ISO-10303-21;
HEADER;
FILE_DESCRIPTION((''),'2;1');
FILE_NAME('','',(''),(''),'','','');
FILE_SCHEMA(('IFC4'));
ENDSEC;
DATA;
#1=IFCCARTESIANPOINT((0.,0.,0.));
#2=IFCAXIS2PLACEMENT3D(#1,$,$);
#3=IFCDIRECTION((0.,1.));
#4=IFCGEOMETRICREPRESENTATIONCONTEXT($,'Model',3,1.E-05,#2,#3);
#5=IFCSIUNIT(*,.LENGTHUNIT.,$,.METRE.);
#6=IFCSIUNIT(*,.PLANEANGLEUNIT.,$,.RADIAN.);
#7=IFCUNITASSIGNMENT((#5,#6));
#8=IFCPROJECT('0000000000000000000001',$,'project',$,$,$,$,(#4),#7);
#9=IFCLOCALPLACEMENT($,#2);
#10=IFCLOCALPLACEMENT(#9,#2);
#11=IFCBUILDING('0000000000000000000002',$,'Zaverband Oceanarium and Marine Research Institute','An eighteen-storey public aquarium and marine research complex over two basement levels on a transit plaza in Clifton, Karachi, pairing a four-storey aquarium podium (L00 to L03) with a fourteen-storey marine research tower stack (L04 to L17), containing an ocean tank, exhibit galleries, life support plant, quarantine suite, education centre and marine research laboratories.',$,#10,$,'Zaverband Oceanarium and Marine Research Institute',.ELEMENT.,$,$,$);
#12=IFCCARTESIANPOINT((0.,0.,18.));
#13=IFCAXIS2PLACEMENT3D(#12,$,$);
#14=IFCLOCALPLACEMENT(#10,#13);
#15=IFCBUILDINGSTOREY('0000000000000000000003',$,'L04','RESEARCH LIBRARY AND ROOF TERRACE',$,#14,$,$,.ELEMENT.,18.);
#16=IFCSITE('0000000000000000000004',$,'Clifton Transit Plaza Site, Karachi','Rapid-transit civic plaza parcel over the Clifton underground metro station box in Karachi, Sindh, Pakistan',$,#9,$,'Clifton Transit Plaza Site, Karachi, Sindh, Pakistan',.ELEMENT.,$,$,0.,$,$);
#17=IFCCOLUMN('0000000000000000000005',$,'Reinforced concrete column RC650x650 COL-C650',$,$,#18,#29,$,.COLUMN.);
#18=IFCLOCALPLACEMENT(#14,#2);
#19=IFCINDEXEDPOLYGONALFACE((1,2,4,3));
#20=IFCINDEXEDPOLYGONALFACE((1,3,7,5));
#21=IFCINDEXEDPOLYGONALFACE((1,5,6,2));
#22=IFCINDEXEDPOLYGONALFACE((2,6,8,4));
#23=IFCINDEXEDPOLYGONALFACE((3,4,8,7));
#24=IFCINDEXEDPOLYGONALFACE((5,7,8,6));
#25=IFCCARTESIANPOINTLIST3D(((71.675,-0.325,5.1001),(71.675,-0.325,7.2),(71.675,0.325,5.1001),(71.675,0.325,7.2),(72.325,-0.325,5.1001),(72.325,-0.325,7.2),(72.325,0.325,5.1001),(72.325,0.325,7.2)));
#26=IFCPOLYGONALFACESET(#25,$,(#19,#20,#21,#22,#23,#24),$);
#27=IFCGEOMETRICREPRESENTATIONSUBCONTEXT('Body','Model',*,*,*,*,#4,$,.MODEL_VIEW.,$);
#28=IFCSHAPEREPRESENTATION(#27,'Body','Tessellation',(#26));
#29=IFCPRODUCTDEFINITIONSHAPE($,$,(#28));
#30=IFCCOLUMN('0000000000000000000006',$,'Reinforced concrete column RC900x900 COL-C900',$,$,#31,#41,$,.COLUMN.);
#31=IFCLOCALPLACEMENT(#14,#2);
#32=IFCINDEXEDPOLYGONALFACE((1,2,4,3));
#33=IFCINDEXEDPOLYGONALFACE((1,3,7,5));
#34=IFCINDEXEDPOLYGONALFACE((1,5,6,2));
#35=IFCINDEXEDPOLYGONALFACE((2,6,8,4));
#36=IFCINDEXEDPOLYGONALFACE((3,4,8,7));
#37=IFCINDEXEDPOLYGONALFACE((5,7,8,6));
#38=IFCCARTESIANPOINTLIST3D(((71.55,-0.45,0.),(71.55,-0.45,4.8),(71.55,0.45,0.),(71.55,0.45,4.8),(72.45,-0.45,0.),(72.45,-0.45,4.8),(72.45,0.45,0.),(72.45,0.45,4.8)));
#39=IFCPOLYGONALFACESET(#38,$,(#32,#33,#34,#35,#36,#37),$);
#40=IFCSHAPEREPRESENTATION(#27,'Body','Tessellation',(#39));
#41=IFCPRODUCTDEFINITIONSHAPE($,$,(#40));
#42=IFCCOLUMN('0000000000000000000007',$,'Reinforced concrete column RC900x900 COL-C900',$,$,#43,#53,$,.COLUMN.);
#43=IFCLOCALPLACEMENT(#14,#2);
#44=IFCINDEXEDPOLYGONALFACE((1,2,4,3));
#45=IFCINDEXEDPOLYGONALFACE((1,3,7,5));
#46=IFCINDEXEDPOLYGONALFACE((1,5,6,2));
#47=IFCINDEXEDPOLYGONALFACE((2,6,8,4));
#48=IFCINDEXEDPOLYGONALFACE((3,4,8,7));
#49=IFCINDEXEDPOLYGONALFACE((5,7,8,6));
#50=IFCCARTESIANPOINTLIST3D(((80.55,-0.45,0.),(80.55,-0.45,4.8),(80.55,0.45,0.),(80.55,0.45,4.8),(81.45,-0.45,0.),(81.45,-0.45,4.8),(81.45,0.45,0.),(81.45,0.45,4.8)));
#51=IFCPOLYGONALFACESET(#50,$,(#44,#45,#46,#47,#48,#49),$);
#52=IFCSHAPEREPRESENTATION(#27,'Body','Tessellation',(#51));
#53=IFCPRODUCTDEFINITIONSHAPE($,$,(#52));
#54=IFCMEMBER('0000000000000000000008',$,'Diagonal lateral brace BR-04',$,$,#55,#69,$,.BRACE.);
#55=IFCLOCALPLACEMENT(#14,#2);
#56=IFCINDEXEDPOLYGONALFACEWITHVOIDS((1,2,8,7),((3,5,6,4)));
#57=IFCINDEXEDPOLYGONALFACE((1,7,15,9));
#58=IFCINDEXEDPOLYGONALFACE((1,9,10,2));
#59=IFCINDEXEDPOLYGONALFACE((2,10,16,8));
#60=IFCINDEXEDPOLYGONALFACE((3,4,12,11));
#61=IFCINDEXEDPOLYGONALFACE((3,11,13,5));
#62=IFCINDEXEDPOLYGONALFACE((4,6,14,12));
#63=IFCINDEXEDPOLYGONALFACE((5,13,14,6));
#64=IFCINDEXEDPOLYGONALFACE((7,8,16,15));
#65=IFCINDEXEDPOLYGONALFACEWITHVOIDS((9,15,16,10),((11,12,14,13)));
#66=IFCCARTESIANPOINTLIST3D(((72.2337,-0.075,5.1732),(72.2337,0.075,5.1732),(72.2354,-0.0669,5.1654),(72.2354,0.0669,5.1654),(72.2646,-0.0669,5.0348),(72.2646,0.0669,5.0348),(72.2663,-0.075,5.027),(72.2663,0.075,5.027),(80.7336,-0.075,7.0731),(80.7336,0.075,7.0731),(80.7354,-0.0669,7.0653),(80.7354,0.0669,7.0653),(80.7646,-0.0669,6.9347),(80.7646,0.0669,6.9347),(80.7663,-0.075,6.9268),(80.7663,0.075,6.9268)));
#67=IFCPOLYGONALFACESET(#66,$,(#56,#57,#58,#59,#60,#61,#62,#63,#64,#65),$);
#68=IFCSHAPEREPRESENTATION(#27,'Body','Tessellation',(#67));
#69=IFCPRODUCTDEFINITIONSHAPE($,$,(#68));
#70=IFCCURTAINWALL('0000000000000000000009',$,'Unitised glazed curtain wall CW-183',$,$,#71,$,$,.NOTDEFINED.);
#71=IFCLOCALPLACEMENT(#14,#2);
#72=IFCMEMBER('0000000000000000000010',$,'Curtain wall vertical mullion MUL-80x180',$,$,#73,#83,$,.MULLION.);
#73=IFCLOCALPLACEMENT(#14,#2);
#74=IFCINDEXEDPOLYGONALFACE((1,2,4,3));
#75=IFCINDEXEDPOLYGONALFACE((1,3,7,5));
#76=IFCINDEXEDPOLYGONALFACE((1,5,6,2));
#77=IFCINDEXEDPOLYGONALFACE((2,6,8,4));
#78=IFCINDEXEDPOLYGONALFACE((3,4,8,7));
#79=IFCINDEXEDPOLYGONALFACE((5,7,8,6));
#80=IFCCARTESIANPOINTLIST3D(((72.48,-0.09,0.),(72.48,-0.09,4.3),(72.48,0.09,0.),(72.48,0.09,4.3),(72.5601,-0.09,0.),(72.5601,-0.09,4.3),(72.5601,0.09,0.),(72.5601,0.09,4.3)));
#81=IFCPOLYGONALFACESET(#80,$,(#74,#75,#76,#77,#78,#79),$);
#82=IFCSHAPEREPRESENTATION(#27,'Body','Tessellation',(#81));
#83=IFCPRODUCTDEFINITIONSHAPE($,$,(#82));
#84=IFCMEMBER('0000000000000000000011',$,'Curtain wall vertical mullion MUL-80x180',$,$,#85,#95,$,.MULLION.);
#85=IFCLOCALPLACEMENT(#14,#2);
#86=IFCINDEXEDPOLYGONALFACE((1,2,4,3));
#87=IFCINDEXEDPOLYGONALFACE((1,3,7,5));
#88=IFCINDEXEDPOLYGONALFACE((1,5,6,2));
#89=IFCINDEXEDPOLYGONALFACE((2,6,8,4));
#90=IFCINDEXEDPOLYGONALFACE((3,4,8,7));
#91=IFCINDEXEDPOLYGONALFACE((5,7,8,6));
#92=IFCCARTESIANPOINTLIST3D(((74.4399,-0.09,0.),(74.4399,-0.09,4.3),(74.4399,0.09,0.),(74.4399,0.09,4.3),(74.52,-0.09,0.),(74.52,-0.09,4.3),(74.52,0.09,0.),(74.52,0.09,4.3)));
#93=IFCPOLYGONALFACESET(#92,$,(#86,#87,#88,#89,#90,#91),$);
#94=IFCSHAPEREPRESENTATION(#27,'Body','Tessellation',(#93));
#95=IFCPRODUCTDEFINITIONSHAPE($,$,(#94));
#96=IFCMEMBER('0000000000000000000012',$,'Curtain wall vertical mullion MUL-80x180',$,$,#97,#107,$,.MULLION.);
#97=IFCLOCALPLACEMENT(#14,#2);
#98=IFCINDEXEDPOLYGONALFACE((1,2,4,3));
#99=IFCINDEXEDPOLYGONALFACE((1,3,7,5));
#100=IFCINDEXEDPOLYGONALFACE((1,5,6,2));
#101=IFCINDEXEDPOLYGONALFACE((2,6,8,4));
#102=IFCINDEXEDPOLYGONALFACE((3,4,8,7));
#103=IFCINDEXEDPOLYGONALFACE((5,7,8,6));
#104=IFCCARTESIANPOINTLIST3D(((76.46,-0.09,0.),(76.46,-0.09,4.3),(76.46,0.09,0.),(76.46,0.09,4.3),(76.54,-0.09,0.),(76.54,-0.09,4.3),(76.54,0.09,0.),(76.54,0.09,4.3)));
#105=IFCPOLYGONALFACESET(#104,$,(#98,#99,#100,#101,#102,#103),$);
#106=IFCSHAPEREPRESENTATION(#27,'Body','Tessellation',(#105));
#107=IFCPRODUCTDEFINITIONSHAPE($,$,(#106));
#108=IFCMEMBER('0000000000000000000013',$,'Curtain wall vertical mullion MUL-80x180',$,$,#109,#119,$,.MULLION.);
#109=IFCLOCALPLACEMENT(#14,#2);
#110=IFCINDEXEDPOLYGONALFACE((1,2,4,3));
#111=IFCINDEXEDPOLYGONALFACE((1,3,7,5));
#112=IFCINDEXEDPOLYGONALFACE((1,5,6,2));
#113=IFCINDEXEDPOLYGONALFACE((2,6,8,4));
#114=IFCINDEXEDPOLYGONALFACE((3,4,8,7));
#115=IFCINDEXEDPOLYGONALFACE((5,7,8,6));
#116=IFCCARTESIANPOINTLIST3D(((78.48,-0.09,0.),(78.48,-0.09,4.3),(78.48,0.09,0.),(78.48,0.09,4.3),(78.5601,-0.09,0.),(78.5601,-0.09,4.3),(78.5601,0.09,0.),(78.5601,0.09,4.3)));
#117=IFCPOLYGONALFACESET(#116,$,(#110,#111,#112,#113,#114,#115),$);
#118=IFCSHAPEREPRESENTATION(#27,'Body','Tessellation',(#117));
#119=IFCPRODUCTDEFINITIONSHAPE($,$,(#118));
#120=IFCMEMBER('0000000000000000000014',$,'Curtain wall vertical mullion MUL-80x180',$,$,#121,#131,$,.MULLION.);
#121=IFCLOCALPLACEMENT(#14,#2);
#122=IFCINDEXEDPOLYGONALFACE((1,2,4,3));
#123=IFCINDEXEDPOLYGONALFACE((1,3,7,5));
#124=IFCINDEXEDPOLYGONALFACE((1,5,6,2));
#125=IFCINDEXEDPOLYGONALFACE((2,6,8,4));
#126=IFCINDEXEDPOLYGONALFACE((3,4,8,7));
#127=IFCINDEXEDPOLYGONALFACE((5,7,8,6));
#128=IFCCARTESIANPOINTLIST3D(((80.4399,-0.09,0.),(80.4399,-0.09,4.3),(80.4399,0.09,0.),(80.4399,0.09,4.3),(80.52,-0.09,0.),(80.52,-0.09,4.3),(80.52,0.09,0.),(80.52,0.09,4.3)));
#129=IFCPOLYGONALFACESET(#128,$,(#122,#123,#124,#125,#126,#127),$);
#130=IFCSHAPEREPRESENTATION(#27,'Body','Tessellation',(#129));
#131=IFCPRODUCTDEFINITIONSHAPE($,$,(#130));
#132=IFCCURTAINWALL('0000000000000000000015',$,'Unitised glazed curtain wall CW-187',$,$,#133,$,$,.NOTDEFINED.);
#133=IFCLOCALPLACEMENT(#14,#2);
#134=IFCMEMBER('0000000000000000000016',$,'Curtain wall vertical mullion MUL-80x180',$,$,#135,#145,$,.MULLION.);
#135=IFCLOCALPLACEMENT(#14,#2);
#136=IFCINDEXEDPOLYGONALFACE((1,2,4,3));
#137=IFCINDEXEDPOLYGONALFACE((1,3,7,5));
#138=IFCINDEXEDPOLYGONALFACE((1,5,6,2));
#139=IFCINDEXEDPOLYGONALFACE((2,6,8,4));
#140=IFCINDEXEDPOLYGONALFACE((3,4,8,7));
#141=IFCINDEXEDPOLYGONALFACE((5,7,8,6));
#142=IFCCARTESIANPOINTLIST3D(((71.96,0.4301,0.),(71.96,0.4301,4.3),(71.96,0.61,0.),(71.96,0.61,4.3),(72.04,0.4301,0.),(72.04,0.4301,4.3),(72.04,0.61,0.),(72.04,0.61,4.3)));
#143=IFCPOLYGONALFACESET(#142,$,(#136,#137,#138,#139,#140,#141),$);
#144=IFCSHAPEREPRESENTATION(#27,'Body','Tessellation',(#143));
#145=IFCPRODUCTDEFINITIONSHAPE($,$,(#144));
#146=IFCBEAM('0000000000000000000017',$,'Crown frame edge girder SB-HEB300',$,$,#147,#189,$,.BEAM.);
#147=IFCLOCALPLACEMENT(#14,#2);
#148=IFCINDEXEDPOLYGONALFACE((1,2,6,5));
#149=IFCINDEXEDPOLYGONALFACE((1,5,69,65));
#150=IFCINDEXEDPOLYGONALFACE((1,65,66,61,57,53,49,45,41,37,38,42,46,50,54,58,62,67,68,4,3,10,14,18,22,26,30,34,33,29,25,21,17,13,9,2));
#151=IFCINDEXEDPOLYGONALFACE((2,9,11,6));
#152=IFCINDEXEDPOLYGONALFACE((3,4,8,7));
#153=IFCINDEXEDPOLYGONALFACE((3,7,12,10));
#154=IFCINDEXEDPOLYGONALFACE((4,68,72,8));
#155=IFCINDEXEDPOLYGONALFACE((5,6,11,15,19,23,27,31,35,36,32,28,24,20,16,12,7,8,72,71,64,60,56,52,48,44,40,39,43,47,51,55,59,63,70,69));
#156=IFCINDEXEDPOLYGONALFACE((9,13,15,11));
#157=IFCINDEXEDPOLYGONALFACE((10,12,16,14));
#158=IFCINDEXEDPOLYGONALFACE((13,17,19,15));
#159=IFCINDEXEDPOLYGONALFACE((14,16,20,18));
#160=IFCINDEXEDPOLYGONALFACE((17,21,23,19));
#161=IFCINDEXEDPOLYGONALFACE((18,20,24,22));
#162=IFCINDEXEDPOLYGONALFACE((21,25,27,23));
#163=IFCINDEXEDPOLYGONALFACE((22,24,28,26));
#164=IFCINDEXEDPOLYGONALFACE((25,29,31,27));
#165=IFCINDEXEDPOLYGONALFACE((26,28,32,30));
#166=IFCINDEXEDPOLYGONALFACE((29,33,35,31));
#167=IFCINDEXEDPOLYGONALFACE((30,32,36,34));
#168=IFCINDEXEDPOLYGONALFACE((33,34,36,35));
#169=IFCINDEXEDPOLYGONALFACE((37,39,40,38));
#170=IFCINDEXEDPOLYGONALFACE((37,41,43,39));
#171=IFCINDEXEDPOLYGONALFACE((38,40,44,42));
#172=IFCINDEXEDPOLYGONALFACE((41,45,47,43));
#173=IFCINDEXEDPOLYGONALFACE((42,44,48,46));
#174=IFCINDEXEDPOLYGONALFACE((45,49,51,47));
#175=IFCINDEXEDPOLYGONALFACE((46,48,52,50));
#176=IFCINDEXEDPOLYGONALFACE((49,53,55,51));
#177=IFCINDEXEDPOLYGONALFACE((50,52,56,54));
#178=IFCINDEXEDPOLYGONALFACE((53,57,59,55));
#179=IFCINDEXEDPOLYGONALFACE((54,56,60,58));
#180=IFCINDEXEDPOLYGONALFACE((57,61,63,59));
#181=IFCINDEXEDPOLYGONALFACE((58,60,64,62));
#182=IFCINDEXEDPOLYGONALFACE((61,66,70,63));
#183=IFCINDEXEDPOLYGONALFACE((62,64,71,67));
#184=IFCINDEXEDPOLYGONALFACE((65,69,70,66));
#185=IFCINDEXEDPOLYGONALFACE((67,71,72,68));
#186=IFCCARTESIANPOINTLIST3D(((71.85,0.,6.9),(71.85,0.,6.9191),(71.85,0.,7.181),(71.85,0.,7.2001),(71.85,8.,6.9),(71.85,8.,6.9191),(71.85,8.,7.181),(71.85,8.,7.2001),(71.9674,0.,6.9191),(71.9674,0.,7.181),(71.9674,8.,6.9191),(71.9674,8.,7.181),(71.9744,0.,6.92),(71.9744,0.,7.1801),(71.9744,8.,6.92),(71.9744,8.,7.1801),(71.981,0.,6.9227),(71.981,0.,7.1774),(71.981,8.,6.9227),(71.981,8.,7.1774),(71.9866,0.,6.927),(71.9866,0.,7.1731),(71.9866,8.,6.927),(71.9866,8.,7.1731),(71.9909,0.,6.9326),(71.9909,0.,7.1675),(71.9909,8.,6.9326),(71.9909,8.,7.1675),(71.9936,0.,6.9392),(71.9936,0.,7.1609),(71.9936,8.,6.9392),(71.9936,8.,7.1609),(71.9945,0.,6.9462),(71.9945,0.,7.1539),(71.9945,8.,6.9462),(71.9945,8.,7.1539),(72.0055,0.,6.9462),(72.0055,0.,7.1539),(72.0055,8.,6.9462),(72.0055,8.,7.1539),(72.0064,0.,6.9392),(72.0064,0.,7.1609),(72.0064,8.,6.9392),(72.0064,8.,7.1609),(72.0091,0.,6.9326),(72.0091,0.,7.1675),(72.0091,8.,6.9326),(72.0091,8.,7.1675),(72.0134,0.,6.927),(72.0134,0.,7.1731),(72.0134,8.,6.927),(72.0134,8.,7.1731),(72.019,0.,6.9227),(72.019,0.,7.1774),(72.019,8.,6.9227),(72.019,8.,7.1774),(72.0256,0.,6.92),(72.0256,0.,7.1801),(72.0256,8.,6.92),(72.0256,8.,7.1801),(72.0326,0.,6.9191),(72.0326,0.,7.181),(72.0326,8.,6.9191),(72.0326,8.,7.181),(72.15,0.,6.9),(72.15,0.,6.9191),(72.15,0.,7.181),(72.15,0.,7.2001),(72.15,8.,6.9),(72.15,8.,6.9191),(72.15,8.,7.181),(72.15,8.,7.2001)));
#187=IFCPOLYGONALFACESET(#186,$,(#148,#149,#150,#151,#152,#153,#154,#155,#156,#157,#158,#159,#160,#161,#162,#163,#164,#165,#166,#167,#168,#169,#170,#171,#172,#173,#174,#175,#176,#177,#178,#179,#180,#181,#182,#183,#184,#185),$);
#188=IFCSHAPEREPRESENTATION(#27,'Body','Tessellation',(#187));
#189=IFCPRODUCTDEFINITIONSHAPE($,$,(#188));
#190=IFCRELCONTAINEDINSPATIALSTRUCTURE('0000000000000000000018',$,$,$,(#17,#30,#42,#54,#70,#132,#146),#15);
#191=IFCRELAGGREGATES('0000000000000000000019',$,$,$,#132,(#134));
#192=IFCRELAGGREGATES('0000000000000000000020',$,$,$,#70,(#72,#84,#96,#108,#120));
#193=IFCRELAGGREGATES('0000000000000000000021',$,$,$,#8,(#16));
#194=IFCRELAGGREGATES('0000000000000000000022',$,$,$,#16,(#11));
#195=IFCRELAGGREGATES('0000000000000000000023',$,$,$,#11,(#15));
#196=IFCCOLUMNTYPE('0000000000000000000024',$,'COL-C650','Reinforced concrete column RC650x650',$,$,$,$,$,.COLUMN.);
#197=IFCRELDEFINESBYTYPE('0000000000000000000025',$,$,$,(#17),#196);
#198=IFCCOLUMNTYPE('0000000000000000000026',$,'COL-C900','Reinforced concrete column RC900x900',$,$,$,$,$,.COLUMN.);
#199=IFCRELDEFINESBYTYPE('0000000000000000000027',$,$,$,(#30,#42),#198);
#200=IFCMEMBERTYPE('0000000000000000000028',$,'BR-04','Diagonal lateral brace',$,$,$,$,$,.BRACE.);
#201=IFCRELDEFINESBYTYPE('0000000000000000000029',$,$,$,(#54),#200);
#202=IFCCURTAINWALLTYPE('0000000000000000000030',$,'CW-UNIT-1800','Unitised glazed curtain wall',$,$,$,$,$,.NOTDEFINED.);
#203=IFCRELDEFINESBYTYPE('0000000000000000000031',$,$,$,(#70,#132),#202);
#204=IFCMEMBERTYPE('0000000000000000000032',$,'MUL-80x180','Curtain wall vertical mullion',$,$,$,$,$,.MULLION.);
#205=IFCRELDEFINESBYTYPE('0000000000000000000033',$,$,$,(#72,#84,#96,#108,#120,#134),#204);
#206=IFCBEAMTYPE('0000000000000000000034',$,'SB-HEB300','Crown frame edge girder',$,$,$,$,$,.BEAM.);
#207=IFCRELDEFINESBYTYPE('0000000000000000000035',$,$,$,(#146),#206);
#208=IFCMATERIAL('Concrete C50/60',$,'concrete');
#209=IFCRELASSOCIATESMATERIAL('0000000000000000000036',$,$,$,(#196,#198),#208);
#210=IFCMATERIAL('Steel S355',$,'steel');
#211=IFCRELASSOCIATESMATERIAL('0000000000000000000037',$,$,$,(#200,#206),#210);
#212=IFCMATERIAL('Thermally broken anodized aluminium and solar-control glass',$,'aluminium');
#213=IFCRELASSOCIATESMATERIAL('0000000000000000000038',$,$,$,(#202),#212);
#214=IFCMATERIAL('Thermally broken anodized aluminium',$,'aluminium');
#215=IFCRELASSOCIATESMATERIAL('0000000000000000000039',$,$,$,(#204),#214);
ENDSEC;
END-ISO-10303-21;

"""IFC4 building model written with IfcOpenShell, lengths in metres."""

from ifc_helpers import new_model, si_unit, direction, frame, origin, origin_2d, place, context, subcontext, project, spatial, rectangle, hollow_rectangle, i_section, extrude, material, material_profile, profile_set, type_object, element, aggregate, save


model = new_model("IFC4")

# Units and contexts
model_context = context("Model", 3, precision=1e-05, world=origin(), true_north=direction((0.0, 1.0)))
body_context = subcontext(model_context, "Body", "Model", "MODEL_VIEW")
ifc_project = project(units=[si_unit("LENGTHUNIT", "METRE"), si_unit("PLANEANGLEUNIT", "RADIAN")], contexts=[model_context])

# Site, building, storey
site_placement = place(None, origin())
site = spatial("IfcSite", under=ifc_project, at=site_placement, Name="Clifton Transit Plaza Site, Karachi", Description="Rapid-transit civic plaza parcel over the Clifton underground metro station box in Karachi, Sindh, Pakistan", LongName="Clifton Transit Plaza Site, Karachi, Sindh, Pakistan", CompositionType="ELEMENT", RefElevation=0.0)
building_placement = place(site_placement, origin())
building = spatial("IfcBuilding", under=site, at=building_placement, Name="Zaverband Oceanarium and Marine Research Institute", Description="An eighteen-storey public aquarium and marine research complex over two basement levels on a transit plaza in Clifton, Karachi, pairing a four-storey aquarium podium (L00 to L03) with a fourteen-storey marine research tower stack (L04 to L17), containing an ocean tank, exhibit galleries, life support plant, quarantine suite, education centre and marine research laboratories.", LongName="Zaverband Oceanarium and Marine Research Institute", CompositionType="ELEMENT")
storey_placement = place(building_placement, frame((0.0, 0.0, 18.0)))
storey = spatial("IfcBuildingStorey", under=building, at=storey_placement, Name="L04", Description="RESEARCH LIBRARY AND ROOF TERRACE", CompositionType="ELEMENT", Elevation=18.0)

# Columns
ifc_material_1 = material(Name="Concrete C50/60", Category="concrete")
ifc_material_profile_1 = material_profile(ifc_material_1, rectangle(XDim=0.6499, YDim=0.6499, at=origin_2d()), Name="RC650x650")
ifc_profile_set_1 = profile_set([ifc_material_profile_1], Name="Concrete C50/60")
column_type_1 = type_object("IfcColumnType", Name="COL-C650", Description="Reinforced concrete column RC650x650", PredefinedType="COLUMN", material=ifc_profile_set_1)
column_placement = place(storey_placement, frame((72.0, 0.0, 5.1001), z_axis=(0.0, 0.0, 1.0), x_axis=(1.0, 0.0, 0.0)))
element("IfcColumn", 1, at=column_placement, inside=storey, type_object=column_type_1, Name="Reinforced concrete column RC650x650 COL-C650", PredefinedType="COLUMN", context=body_context, shape_type="SweptSolid", body=[
    extrude(rectangle(XDim=0.6499, YDim=0.6499, at=origin_2d()), origin(), (0.0, 0.0, 1.0), 2.0999),
])
ifc_material_profile_2 = material_profile(ifc_material_1, rectangle(XDim=0.8999, YDim=0.8999, at=origin_2d()), Name="RC900x900")
ifc_profile_set_2 = profile_set([ifc_material_profile_2], Name="Concrete C50/60")
column_type_2 = type_object("IfcColumnType", Name="COL-C900", Description="Reinforced concrete column RC900x900", PredefinedType="COLUMN", material=ifc_profile_set_2)
for number, where, z_axis, x_axis, name in (
    (2, (72.0, 0.0, 0.0), (0.0, 0.0, 1.0), (1.0, 0.0, 0.0), "Reinforced concrete column RC900x900 COL-C900"),
    (3, (81.0, 0.0, 0.0), (0.0, 0.0, 1.0), (1.0, 0.0, 0.0), "Reinforced concrete column RC900x900 COL-C900"),
):
    element("IfcColumn", number, at=place(storey_placement, frame(where, z_axis=z_axis, x_axis=x_axis)), inside=storey, type_object=column_type_2, Name=name, PredefinedType="COLUMN", context=body_context, shape_type="SweptSolid", body=[
        extrude(rectangle(XDim=0.8999, YDim=0.8999, at=origin_2d()), origin(), (0.0, 0.0, 1.0), 4.8),
    ])

# Member
ifc_material_2 = material(Name="Steel S355", Category="steel")
ifc_material_profile_3 = material_profile(ifc_material_2, hollow_rectangle(XDim=0.1499, YDim=0.1499, WallThickness=0.0081, at=origin_2d()), Name="SHS150x150x8")
ifc_profile_set_3 = profile_set([ifc_material_profile_3], Name="Steel S355")
member_type_1 = type_object("IfcMemberType", Name="BR-04", Description="Diagonal lateral brace", PredefinedType="BRACE", material=ifc_profile_set_3)
member_1_placement = place(storey_placement, frame((72.25, 0.0, 5.1001), z_axis=(0.975919, 0.0, 0.218135), x_axis=(0.0, 1.0, 0.0)))
element("IfcMember", 4, at=member_1_placement, inside=storey, type_object=member_type_1, Name="Diagonal lateral brace BR-04", PredefinedType="BRACE", context=body_context, shape_type="SweptSolid", body=[
    extrude(hollow_rectangle(XDim=0.1499, YDim=0.1499, WallThickness=0.0081, at=origin_2d()), origin(), (0.0, 0.0, 1.0), 8.7097),
])

# Curtain wall, members
ifc_material_3 = material(Name="Thermally broken anodized aluminium and solar-control glass", Category="aluminium")
curtain_wall_type = type_object("IfcCurtainWallType", Name="CW-UNIT-1800", Description="Unitised glazed curtain wall", PredefinedType="NOTDEFINED", material=ifc_material_3)
curtain_wall_1_placement = place(storey_placement, origin())
curtain_wall_1 = element("IfcCurtainWall", 5, at=curtain_wall_1_placement, inside=storey, type_object=curtain_wall_type, Name="Unitised glazed curtain wall CW-183", PredefinedType="NOTDEFINED")
ifc_material_4 = material(Name="Thermally broken anodized aluminium", Category="aluminium")
ifc_material_profile_4 = material_profile(ifc_material_4, rectangle(XDim=0.0801, YDim=0.1799, at=origin_2d()), Name="AL-MUL-80x180")
ifc_profile_set_4 = profile_set([ifc_material_profile_4], Name="Thermally broken anodized aluminium")
member_type_2 = type_object("IfcMemberType", Name="MUL-80x180", Description="Curtain wall vertical mullion", PredefinedType="MULLION", material=ifc_profile_set_4)
member_2_placement = place(storey_placement, frame((72.52, 0.0, 0.0), z_axis=(0.0, 0.0, 1.0), x_axis=(1.0, 0.0, 0.0)))
member_2 = element("IfcMember", 6, at=member_2_placement, type_object=member_type_2, Name="Curtain wall vertical mullion MUL-80x180", PredefinedType="MULLION", context=body_context, shape_type="SweptSolid", body=[
    extrude(rectangle(XDim=0.0801, YDim=0.1799, at=origin_2d()), origin(), (0.0, 0.0, 1.0), 4.3),
])
member_3_placement = place(storey_placement, frame((74.48, 0.0, 0.0), z_axis=(0.0, 0.0, 1.0), x_axis=(1.0, 0.0, 0.0)))
member_3 = element("IfcMember", 7, at=member_3_placement, type_object=member_type_2, Name="Curtain wall vertical mullion MUL-80x180", PredefinedType="MULLION", context=body_context, shape_type="SweptSolid", body=[
    extrude(rectangle(XDim=0.0801, YDim=0.1799, at=origin_2d()), origin(), (0.0, 0.0, 1.0), 4.3),
])
member_4_placement = place(storey_placement, frame((76.5, 0.0, 0.0), z_axis=(0.0, 0.0, 1.0), x_axis=(1.0, 0.0, 0.0)))
member_4 = element("IfcMember", 8, at=member_4_placement, type_object=member_type_2, Name="Curtain wall vertical mullion MUL-80x180", PredefinedType="MULLION", context=body_context, shape_type="SweptSolid", body=[
    extrude(rectangle(XDim=0.0801, YDim=0.1799, at=origin_2d()), origin(), (0.0, 0.0, 1.0), 4.3),
])
member_5_placement = place(storey_placement, frame((78.52, 0.0, 0.0), z_axis=(0.0, 0.0, 1.0), x_axis=(1.0, 0.0, 0.0)))
member_5 = element("IfcMember", 9, at=member_5_placement, type_object=member_type_2, Name="Curtain wall vertical mullion MUL-80x180", PredefinedType="MULLION", context=body_context, shape_type="SweptSolid", body=[
    extrude(rectangle(XDim=0.0801, YDim=0.1799, at=origin_2d()), origin(), (0.0, 0.0, 1.0), 4.3),
])
member_6_placement = place(storey_placement, frame((80.48, 0.0, 0.0), z_axis=(0.0, 0.0, 1.0), x_axis=(1.0, 0.0, 0.0)))
member_6 = element("IfcMember", 10, at=member_6_placement, type_object=member_type_2, Name="Curtain wall vertical mullion MUL-80x180", PredefinedType="MULLION", context=body_context, shape_type="SweptSolid", body=[
    extrude(rectangle(XDim=0.0801, YDim=0.1799, at=origin_2d()), origin(), (0.0, 0.0, 1.0), 4.3),
])

# Curtain wall, member
curtain_wall_2_placement = place(storey_placement, origin())
curtain_wall_2 = element("IfcCurtainWall", 11, at=curtain_wall_2_placement, inside=storey, type_object=curtain_wall_type, Name="Unitised glazed curtain wall CW-187", PredefinedType="NOTDEFINED")
member_7_placement = place(storey_placement, frame((72.0, 0.52, 0.0), z_axis=(0.0, 0.0, 1.0), x_axis=(1.0, 0.0, 0.0)))
member_7 = element("IfcMember", 12, at=member_7_placement, type_object=member_type_2, Name="Curtain wall vertical mullion MUL-80x180", PredefinedType="MULLION", context=body_context, shape_type="SweptSolid", body=[
    extrude(rectangle(XDim=0.0801, YDim=0.1799, at=origin_2d()), origin(), (0.0, 0.0, 1.0), 4.3),
])

# Beam
ifc_material_profile_5 = material_profile(ifc_material_2, i_section(OverallWidth=0.3, OverallDepth=0.3, WebThickness=0.011, FlangeThickness=0.019, FilletRadius=0.0271, at=origin_2d()), Name="HEB300")
ifc_profile_set_5 = profile_set([ifc_material_profile_5], Name="Steel S355")
beam_type_1 = type_object("IfcBeamType", Name="SB-HEB300", Description="Crown frame edge girder", PredefinedType="BEAM", material=ifc_profile_set_5)
beam_1_placement = place(storey_placement, frame((72.0, 0.0, 7.05), z_axis=(0.0, 1.0, 0.0), x_axis=(-1.0, 0.0, 0.0)))
element("IfcBeam", 13, at=beam_1_placement, inside=storey, type_object=beam_type_1, Name="Crown frame edge girder SB-HEB300", PredefinedType="BEAM", context=body_context, shape_type="SweptSolid", body=[
    extrude(i_section(OverallWidth=0.3, OverallDepth=0.3, WebThickness=0.011, FlangeThickness=0.019, FilletRadius=0.0271, at=origin_2d()), origin(), (0.0, 0.0, 1.0), 8.0),
])

aggregate(curtain_wall_2, [member_7])
aggregate(curtain_wall_1, [member_2, member_3, member_4, member_5, member_6])

save(model, "model.ifc")
